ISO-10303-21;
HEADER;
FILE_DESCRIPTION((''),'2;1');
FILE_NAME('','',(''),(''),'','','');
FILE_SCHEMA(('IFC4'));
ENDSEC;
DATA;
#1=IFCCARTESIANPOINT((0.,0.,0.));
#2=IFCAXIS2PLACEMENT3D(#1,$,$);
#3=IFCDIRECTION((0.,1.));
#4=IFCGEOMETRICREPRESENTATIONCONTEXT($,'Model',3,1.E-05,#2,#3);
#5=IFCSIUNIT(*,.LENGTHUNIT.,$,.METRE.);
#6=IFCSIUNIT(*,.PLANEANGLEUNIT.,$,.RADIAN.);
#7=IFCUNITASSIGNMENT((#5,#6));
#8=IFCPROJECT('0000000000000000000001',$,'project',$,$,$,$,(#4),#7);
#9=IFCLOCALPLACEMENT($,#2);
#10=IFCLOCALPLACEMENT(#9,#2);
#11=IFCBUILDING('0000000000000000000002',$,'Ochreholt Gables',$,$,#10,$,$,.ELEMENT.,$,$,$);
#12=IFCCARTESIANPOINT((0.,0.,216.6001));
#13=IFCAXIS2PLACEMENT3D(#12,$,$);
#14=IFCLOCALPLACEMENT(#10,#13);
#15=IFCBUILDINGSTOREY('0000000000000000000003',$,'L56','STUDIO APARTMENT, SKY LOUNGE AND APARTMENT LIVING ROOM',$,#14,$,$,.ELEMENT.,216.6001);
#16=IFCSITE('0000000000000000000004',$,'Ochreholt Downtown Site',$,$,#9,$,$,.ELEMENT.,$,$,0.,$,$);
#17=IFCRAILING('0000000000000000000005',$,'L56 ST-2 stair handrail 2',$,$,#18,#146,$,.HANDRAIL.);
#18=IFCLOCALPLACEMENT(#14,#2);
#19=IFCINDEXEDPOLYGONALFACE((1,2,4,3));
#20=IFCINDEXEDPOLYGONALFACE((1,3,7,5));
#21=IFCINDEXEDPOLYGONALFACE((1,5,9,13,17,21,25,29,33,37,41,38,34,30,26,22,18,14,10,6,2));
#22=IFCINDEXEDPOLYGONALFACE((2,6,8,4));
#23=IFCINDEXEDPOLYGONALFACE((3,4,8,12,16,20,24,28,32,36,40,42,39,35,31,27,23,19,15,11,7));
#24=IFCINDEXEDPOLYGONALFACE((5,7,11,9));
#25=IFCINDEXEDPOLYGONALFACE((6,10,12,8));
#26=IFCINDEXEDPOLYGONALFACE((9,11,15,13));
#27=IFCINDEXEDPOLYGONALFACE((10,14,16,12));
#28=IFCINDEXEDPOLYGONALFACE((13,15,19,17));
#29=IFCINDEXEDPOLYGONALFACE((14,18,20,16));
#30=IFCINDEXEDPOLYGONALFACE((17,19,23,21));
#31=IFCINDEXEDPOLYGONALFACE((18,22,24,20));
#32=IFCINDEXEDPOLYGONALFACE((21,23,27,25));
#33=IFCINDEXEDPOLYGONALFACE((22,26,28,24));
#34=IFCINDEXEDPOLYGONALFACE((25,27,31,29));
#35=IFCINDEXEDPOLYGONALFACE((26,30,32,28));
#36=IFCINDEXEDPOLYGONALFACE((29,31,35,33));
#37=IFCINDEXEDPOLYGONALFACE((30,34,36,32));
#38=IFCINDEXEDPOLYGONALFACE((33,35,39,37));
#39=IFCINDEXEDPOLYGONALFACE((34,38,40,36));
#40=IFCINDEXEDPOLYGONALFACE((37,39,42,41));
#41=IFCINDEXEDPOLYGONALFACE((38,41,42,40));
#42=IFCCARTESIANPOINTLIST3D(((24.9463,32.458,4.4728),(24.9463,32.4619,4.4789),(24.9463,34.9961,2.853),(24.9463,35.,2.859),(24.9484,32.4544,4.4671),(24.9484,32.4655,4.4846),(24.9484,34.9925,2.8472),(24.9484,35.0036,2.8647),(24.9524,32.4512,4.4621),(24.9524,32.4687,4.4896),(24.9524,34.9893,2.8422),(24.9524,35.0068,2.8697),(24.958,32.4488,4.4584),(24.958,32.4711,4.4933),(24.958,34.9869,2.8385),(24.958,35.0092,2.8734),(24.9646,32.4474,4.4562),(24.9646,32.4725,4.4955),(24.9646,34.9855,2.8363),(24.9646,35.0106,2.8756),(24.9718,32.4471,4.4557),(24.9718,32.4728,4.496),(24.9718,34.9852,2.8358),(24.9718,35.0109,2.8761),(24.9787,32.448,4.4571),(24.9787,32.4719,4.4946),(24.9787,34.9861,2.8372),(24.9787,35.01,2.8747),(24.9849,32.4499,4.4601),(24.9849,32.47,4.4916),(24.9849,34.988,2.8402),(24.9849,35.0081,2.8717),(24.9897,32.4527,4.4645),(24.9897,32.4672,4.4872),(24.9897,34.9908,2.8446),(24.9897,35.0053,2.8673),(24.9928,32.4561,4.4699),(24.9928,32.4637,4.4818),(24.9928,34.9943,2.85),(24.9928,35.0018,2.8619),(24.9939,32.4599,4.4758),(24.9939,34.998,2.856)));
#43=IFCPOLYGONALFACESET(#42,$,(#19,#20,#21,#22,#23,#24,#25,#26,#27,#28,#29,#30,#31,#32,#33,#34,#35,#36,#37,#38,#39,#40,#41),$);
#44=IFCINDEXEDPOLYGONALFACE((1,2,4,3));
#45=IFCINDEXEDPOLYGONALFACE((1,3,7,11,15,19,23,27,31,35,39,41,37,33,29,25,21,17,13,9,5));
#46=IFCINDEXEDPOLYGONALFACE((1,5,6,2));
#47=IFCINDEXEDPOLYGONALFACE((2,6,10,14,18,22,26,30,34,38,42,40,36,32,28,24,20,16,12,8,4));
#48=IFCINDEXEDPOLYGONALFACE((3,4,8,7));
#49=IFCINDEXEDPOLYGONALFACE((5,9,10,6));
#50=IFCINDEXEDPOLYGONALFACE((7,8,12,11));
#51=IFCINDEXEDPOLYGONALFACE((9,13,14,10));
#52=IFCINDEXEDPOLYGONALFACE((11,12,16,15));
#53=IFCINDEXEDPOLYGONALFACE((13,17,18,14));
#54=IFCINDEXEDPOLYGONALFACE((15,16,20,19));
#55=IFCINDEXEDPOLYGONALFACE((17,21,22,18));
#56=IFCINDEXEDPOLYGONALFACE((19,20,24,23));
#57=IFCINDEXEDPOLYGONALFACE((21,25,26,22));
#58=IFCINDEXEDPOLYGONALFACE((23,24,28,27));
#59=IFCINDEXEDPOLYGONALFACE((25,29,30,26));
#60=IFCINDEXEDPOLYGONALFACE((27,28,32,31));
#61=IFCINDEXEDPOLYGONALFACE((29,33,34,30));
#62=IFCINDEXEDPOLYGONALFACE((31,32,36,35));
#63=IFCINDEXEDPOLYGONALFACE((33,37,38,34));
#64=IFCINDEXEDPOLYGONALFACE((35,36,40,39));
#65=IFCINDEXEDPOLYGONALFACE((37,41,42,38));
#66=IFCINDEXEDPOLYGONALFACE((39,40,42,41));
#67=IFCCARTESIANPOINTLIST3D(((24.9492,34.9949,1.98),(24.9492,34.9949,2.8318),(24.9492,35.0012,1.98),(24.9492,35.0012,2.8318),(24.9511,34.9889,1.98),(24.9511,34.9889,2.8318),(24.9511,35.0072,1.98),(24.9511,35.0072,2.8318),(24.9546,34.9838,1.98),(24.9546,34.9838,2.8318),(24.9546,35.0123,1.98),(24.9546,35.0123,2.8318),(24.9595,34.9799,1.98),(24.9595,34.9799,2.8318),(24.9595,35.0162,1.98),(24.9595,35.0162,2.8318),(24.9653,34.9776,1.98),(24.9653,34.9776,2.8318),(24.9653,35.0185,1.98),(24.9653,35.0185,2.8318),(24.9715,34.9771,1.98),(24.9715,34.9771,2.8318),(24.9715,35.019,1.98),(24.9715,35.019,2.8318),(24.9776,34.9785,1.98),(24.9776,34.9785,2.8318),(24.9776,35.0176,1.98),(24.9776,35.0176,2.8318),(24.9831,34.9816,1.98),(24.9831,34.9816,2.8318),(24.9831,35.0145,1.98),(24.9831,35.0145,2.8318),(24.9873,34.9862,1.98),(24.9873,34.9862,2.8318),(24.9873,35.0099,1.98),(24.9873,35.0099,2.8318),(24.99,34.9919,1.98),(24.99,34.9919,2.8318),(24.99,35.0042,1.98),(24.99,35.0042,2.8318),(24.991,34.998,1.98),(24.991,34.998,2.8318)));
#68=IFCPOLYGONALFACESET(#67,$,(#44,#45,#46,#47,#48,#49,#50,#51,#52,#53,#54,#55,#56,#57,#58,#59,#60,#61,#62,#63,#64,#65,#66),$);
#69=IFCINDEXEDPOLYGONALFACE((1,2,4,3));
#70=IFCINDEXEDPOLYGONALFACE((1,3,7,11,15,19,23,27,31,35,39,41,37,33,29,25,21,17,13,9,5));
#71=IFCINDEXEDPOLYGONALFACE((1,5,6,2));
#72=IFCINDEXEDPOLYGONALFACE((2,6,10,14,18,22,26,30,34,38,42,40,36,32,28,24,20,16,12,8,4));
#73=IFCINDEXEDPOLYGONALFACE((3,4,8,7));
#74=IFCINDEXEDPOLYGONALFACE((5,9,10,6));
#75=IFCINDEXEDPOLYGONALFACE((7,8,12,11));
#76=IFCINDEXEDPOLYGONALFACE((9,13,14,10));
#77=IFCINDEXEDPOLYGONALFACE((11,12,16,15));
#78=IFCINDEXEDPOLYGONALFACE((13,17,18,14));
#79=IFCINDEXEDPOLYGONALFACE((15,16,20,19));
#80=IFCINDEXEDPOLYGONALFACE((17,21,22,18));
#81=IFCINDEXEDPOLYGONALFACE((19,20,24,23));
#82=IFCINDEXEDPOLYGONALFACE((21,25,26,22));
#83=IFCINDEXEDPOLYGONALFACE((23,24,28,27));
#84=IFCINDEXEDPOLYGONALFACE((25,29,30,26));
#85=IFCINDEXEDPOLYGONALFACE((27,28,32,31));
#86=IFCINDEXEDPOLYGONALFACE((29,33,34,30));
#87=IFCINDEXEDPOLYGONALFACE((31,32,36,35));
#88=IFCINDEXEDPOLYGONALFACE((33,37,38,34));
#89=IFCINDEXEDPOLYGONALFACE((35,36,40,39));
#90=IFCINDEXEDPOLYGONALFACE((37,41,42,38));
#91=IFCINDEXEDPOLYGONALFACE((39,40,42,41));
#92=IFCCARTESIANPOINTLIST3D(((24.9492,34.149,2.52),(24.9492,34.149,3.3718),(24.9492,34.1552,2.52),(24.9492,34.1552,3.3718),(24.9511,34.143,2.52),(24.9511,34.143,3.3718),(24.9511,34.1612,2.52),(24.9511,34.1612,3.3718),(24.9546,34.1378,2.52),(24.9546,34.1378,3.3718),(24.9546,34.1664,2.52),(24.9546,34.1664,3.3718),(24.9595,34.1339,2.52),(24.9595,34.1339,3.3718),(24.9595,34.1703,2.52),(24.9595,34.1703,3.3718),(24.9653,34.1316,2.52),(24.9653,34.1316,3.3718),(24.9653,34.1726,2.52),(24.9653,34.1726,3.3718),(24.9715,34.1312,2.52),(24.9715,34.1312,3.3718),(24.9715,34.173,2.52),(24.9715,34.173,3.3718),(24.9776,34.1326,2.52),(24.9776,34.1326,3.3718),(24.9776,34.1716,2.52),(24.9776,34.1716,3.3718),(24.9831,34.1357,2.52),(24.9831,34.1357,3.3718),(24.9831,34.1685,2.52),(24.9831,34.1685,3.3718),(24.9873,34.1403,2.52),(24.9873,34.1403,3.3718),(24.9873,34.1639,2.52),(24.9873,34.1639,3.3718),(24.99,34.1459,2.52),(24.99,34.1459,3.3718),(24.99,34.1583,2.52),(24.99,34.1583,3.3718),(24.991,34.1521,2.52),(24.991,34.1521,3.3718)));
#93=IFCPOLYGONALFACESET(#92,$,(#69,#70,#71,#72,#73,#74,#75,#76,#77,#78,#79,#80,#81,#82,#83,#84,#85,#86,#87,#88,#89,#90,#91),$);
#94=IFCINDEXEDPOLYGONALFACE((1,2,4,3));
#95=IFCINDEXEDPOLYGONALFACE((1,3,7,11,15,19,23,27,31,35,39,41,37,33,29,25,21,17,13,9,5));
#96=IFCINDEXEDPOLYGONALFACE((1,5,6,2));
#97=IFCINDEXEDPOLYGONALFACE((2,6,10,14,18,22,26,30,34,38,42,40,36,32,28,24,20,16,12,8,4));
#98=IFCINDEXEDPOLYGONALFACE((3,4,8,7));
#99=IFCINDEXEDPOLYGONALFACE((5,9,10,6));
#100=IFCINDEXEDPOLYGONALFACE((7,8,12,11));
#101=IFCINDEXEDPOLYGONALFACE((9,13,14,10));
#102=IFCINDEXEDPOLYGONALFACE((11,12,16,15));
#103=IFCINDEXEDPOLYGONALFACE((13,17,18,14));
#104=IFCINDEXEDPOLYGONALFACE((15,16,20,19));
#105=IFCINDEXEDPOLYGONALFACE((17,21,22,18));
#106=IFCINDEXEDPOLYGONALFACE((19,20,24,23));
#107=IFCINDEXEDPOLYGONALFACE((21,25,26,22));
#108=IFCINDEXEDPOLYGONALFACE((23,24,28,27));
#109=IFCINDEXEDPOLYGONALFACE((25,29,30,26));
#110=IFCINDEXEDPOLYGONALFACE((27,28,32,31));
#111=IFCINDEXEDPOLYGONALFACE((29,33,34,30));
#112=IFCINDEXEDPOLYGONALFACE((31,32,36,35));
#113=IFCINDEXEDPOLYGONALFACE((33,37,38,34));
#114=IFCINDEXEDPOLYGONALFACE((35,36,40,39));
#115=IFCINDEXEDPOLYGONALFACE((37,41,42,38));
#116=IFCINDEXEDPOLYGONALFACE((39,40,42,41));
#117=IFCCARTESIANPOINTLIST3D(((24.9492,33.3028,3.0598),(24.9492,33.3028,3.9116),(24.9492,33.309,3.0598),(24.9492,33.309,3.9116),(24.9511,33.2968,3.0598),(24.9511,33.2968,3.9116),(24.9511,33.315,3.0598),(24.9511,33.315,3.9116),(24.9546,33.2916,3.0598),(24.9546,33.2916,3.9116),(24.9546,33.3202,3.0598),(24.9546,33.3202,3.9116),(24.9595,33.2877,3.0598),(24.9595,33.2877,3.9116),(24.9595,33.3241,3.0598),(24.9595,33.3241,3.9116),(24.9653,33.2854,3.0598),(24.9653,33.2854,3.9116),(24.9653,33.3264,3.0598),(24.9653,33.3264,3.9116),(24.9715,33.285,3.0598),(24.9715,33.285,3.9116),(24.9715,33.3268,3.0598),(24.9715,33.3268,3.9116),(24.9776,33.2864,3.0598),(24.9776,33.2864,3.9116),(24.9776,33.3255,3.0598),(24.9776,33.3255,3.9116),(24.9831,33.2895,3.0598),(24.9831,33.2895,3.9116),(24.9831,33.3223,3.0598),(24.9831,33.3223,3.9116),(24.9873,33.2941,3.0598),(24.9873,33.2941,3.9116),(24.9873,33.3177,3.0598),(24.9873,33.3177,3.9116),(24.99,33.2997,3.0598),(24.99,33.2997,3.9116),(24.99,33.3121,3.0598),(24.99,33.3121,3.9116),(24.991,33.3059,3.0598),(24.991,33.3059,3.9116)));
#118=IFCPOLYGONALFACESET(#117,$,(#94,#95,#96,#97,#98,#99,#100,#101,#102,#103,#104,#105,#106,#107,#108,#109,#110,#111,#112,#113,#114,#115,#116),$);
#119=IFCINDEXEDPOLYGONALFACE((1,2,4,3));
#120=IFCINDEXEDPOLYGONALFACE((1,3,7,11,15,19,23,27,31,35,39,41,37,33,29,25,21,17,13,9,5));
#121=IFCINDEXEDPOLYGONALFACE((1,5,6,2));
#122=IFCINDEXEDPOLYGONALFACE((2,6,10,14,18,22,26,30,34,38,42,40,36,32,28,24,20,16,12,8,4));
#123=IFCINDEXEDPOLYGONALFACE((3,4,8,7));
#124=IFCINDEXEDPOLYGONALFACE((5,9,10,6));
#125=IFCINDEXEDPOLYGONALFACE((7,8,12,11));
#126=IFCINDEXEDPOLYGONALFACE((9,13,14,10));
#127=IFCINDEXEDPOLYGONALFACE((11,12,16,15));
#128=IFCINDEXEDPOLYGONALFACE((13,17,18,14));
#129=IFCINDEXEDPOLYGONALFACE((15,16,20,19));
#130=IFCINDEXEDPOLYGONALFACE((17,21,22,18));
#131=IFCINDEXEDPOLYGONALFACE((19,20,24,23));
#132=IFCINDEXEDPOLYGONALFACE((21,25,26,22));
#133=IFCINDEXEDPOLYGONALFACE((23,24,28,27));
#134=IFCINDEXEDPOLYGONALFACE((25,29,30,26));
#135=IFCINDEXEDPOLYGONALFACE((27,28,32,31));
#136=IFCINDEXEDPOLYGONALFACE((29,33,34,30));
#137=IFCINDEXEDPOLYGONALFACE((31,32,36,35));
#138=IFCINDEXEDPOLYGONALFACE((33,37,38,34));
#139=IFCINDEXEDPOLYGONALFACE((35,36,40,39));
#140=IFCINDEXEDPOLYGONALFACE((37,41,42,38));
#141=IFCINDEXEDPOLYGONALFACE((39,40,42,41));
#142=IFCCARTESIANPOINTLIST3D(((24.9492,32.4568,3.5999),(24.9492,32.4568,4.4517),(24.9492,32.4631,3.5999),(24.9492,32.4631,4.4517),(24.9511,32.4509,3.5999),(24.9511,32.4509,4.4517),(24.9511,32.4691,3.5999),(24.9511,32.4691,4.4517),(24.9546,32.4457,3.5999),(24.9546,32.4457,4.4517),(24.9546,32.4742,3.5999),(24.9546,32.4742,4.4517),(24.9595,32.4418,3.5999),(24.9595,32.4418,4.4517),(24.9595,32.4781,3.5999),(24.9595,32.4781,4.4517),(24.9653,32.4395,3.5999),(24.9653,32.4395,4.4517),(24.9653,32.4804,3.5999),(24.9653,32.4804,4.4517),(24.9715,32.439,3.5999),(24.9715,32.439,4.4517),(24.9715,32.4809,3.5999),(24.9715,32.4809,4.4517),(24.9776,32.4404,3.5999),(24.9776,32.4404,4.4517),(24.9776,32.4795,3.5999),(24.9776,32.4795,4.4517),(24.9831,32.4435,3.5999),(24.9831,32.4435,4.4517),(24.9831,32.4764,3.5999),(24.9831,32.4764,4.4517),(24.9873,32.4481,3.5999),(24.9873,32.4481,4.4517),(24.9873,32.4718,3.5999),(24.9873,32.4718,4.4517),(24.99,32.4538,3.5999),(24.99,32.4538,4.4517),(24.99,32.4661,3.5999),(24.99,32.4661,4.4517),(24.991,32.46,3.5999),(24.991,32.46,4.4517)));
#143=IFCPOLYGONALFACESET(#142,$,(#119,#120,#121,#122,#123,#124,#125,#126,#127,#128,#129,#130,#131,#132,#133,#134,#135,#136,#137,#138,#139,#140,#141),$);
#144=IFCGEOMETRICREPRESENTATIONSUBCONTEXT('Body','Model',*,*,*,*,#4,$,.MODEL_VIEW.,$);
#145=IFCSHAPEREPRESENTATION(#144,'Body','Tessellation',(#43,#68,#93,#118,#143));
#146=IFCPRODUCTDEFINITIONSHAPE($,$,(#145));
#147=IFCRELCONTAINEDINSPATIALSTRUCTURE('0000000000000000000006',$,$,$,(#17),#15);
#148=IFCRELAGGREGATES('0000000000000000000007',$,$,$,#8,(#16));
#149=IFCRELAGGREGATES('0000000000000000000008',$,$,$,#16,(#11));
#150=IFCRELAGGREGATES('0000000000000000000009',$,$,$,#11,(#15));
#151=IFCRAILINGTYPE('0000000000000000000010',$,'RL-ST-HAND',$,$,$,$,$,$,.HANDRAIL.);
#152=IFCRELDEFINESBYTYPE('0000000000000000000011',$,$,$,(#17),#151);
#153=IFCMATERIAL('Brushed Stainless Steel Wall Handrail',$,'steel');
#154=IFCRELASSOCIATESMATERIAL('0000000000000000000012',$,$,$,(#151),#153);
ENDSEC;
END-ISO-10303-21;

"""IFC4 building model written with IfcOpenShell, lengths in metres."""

from ifc_helpers import new_model, si_unit, direction, frame, origin, origin_2d, place, context, subcontext, project, spatial, circle, extrude, material, type_object, element, save


model = new_model("IFC4")

# Units and contexts
model_context = context("Model", 3, precision=1e-05, world=origin(), true_north=direction((0.0, 1.0)))
body_context = subcontext(model_context, "Body", "Model", "MODEL_VIEW")
ifc_project = project(units=[si_unit("LENGTHUNIT", "METRE"), si_unit("PLANEANGLEUNIT", "RADIAN")], contexts=[model_context])

# Site, building, storey
site_placement = place(None, origin())
site = spatial("IfcSite", under=ifc_project, at=site_placement, Name="Ochreholt Downtown Site", CompositionType="ELEMENT", RefElevation=0.0)
building_placement = place(site_placement, origin())
building = spatial("IfcBuilding", under=site, at=building_placement, Name="Ochreholt Gables", CompositionType="ELEMENT")
storey_placement = place(building_placement, frame((0.0, 0.0, 216.6001)))
storey = spatial("IfcBuildingStorey", under=building, at=storey_placement, Name="L56", Description="STUDIO APARTMENT, SKY LOUNGE AND APARTMENT LIVING ROOM", CompositionType="ELEMENT", Elevation=216.6001)

# Railing
ifc_material_1 = material(Name="Brushed Stainless Steel Wall Handrail", Category="steel")
railing_type_1 = type_object("IfcRailingType", Name="RL-ST-HAND", PredefinedType="HANDRAIL", material=ifc_material_1)
railing_1_placement = place(storey_placement, frame((24.97, 34.998, 1.98)))
element("IfcRailing", 1, at=railing_1_placement, inside=storey, type_object=railing_type_1, Name="L56 ST-2 stair handrail 2", PredefinedType="HANDRAIL", context=body_context, shape_type="SweptSolid", body=[
    extrude(circle(Radius=0.0239, at=origin_2d()), frame((0.0, 0.0, 0.876), z_axis=(0.0, -0.84295, 0.537993), x_axis=(1.0, 0.0, 0.0)), (0.0, 0.0, 1.0), 3.011),
    extrude(circle(Radius=0.021, at=origin_2d()), origin(), (0.0, 0.0, 1.0), 0.8518),
    extrude(circle(Radius=0.021, at=origin_2d()), frame((0.0, -0.8459, 0.54)), (0.0, 0.0, 1.0), 0.8518),
    extrude(circle(Radius=0.021, at=origin_2d()), frame((0.0, -1.6921, 1.0798)), (0.0, 0.0, 1.0), 0.8518),
    extrude(circle(Radius=0.021, at=origin_2d()), frame((0.0, -2.5381, 1.6199)), (0.0, 0.0, 1.0), 0.8518),
])

save(model, "model.ifc")
